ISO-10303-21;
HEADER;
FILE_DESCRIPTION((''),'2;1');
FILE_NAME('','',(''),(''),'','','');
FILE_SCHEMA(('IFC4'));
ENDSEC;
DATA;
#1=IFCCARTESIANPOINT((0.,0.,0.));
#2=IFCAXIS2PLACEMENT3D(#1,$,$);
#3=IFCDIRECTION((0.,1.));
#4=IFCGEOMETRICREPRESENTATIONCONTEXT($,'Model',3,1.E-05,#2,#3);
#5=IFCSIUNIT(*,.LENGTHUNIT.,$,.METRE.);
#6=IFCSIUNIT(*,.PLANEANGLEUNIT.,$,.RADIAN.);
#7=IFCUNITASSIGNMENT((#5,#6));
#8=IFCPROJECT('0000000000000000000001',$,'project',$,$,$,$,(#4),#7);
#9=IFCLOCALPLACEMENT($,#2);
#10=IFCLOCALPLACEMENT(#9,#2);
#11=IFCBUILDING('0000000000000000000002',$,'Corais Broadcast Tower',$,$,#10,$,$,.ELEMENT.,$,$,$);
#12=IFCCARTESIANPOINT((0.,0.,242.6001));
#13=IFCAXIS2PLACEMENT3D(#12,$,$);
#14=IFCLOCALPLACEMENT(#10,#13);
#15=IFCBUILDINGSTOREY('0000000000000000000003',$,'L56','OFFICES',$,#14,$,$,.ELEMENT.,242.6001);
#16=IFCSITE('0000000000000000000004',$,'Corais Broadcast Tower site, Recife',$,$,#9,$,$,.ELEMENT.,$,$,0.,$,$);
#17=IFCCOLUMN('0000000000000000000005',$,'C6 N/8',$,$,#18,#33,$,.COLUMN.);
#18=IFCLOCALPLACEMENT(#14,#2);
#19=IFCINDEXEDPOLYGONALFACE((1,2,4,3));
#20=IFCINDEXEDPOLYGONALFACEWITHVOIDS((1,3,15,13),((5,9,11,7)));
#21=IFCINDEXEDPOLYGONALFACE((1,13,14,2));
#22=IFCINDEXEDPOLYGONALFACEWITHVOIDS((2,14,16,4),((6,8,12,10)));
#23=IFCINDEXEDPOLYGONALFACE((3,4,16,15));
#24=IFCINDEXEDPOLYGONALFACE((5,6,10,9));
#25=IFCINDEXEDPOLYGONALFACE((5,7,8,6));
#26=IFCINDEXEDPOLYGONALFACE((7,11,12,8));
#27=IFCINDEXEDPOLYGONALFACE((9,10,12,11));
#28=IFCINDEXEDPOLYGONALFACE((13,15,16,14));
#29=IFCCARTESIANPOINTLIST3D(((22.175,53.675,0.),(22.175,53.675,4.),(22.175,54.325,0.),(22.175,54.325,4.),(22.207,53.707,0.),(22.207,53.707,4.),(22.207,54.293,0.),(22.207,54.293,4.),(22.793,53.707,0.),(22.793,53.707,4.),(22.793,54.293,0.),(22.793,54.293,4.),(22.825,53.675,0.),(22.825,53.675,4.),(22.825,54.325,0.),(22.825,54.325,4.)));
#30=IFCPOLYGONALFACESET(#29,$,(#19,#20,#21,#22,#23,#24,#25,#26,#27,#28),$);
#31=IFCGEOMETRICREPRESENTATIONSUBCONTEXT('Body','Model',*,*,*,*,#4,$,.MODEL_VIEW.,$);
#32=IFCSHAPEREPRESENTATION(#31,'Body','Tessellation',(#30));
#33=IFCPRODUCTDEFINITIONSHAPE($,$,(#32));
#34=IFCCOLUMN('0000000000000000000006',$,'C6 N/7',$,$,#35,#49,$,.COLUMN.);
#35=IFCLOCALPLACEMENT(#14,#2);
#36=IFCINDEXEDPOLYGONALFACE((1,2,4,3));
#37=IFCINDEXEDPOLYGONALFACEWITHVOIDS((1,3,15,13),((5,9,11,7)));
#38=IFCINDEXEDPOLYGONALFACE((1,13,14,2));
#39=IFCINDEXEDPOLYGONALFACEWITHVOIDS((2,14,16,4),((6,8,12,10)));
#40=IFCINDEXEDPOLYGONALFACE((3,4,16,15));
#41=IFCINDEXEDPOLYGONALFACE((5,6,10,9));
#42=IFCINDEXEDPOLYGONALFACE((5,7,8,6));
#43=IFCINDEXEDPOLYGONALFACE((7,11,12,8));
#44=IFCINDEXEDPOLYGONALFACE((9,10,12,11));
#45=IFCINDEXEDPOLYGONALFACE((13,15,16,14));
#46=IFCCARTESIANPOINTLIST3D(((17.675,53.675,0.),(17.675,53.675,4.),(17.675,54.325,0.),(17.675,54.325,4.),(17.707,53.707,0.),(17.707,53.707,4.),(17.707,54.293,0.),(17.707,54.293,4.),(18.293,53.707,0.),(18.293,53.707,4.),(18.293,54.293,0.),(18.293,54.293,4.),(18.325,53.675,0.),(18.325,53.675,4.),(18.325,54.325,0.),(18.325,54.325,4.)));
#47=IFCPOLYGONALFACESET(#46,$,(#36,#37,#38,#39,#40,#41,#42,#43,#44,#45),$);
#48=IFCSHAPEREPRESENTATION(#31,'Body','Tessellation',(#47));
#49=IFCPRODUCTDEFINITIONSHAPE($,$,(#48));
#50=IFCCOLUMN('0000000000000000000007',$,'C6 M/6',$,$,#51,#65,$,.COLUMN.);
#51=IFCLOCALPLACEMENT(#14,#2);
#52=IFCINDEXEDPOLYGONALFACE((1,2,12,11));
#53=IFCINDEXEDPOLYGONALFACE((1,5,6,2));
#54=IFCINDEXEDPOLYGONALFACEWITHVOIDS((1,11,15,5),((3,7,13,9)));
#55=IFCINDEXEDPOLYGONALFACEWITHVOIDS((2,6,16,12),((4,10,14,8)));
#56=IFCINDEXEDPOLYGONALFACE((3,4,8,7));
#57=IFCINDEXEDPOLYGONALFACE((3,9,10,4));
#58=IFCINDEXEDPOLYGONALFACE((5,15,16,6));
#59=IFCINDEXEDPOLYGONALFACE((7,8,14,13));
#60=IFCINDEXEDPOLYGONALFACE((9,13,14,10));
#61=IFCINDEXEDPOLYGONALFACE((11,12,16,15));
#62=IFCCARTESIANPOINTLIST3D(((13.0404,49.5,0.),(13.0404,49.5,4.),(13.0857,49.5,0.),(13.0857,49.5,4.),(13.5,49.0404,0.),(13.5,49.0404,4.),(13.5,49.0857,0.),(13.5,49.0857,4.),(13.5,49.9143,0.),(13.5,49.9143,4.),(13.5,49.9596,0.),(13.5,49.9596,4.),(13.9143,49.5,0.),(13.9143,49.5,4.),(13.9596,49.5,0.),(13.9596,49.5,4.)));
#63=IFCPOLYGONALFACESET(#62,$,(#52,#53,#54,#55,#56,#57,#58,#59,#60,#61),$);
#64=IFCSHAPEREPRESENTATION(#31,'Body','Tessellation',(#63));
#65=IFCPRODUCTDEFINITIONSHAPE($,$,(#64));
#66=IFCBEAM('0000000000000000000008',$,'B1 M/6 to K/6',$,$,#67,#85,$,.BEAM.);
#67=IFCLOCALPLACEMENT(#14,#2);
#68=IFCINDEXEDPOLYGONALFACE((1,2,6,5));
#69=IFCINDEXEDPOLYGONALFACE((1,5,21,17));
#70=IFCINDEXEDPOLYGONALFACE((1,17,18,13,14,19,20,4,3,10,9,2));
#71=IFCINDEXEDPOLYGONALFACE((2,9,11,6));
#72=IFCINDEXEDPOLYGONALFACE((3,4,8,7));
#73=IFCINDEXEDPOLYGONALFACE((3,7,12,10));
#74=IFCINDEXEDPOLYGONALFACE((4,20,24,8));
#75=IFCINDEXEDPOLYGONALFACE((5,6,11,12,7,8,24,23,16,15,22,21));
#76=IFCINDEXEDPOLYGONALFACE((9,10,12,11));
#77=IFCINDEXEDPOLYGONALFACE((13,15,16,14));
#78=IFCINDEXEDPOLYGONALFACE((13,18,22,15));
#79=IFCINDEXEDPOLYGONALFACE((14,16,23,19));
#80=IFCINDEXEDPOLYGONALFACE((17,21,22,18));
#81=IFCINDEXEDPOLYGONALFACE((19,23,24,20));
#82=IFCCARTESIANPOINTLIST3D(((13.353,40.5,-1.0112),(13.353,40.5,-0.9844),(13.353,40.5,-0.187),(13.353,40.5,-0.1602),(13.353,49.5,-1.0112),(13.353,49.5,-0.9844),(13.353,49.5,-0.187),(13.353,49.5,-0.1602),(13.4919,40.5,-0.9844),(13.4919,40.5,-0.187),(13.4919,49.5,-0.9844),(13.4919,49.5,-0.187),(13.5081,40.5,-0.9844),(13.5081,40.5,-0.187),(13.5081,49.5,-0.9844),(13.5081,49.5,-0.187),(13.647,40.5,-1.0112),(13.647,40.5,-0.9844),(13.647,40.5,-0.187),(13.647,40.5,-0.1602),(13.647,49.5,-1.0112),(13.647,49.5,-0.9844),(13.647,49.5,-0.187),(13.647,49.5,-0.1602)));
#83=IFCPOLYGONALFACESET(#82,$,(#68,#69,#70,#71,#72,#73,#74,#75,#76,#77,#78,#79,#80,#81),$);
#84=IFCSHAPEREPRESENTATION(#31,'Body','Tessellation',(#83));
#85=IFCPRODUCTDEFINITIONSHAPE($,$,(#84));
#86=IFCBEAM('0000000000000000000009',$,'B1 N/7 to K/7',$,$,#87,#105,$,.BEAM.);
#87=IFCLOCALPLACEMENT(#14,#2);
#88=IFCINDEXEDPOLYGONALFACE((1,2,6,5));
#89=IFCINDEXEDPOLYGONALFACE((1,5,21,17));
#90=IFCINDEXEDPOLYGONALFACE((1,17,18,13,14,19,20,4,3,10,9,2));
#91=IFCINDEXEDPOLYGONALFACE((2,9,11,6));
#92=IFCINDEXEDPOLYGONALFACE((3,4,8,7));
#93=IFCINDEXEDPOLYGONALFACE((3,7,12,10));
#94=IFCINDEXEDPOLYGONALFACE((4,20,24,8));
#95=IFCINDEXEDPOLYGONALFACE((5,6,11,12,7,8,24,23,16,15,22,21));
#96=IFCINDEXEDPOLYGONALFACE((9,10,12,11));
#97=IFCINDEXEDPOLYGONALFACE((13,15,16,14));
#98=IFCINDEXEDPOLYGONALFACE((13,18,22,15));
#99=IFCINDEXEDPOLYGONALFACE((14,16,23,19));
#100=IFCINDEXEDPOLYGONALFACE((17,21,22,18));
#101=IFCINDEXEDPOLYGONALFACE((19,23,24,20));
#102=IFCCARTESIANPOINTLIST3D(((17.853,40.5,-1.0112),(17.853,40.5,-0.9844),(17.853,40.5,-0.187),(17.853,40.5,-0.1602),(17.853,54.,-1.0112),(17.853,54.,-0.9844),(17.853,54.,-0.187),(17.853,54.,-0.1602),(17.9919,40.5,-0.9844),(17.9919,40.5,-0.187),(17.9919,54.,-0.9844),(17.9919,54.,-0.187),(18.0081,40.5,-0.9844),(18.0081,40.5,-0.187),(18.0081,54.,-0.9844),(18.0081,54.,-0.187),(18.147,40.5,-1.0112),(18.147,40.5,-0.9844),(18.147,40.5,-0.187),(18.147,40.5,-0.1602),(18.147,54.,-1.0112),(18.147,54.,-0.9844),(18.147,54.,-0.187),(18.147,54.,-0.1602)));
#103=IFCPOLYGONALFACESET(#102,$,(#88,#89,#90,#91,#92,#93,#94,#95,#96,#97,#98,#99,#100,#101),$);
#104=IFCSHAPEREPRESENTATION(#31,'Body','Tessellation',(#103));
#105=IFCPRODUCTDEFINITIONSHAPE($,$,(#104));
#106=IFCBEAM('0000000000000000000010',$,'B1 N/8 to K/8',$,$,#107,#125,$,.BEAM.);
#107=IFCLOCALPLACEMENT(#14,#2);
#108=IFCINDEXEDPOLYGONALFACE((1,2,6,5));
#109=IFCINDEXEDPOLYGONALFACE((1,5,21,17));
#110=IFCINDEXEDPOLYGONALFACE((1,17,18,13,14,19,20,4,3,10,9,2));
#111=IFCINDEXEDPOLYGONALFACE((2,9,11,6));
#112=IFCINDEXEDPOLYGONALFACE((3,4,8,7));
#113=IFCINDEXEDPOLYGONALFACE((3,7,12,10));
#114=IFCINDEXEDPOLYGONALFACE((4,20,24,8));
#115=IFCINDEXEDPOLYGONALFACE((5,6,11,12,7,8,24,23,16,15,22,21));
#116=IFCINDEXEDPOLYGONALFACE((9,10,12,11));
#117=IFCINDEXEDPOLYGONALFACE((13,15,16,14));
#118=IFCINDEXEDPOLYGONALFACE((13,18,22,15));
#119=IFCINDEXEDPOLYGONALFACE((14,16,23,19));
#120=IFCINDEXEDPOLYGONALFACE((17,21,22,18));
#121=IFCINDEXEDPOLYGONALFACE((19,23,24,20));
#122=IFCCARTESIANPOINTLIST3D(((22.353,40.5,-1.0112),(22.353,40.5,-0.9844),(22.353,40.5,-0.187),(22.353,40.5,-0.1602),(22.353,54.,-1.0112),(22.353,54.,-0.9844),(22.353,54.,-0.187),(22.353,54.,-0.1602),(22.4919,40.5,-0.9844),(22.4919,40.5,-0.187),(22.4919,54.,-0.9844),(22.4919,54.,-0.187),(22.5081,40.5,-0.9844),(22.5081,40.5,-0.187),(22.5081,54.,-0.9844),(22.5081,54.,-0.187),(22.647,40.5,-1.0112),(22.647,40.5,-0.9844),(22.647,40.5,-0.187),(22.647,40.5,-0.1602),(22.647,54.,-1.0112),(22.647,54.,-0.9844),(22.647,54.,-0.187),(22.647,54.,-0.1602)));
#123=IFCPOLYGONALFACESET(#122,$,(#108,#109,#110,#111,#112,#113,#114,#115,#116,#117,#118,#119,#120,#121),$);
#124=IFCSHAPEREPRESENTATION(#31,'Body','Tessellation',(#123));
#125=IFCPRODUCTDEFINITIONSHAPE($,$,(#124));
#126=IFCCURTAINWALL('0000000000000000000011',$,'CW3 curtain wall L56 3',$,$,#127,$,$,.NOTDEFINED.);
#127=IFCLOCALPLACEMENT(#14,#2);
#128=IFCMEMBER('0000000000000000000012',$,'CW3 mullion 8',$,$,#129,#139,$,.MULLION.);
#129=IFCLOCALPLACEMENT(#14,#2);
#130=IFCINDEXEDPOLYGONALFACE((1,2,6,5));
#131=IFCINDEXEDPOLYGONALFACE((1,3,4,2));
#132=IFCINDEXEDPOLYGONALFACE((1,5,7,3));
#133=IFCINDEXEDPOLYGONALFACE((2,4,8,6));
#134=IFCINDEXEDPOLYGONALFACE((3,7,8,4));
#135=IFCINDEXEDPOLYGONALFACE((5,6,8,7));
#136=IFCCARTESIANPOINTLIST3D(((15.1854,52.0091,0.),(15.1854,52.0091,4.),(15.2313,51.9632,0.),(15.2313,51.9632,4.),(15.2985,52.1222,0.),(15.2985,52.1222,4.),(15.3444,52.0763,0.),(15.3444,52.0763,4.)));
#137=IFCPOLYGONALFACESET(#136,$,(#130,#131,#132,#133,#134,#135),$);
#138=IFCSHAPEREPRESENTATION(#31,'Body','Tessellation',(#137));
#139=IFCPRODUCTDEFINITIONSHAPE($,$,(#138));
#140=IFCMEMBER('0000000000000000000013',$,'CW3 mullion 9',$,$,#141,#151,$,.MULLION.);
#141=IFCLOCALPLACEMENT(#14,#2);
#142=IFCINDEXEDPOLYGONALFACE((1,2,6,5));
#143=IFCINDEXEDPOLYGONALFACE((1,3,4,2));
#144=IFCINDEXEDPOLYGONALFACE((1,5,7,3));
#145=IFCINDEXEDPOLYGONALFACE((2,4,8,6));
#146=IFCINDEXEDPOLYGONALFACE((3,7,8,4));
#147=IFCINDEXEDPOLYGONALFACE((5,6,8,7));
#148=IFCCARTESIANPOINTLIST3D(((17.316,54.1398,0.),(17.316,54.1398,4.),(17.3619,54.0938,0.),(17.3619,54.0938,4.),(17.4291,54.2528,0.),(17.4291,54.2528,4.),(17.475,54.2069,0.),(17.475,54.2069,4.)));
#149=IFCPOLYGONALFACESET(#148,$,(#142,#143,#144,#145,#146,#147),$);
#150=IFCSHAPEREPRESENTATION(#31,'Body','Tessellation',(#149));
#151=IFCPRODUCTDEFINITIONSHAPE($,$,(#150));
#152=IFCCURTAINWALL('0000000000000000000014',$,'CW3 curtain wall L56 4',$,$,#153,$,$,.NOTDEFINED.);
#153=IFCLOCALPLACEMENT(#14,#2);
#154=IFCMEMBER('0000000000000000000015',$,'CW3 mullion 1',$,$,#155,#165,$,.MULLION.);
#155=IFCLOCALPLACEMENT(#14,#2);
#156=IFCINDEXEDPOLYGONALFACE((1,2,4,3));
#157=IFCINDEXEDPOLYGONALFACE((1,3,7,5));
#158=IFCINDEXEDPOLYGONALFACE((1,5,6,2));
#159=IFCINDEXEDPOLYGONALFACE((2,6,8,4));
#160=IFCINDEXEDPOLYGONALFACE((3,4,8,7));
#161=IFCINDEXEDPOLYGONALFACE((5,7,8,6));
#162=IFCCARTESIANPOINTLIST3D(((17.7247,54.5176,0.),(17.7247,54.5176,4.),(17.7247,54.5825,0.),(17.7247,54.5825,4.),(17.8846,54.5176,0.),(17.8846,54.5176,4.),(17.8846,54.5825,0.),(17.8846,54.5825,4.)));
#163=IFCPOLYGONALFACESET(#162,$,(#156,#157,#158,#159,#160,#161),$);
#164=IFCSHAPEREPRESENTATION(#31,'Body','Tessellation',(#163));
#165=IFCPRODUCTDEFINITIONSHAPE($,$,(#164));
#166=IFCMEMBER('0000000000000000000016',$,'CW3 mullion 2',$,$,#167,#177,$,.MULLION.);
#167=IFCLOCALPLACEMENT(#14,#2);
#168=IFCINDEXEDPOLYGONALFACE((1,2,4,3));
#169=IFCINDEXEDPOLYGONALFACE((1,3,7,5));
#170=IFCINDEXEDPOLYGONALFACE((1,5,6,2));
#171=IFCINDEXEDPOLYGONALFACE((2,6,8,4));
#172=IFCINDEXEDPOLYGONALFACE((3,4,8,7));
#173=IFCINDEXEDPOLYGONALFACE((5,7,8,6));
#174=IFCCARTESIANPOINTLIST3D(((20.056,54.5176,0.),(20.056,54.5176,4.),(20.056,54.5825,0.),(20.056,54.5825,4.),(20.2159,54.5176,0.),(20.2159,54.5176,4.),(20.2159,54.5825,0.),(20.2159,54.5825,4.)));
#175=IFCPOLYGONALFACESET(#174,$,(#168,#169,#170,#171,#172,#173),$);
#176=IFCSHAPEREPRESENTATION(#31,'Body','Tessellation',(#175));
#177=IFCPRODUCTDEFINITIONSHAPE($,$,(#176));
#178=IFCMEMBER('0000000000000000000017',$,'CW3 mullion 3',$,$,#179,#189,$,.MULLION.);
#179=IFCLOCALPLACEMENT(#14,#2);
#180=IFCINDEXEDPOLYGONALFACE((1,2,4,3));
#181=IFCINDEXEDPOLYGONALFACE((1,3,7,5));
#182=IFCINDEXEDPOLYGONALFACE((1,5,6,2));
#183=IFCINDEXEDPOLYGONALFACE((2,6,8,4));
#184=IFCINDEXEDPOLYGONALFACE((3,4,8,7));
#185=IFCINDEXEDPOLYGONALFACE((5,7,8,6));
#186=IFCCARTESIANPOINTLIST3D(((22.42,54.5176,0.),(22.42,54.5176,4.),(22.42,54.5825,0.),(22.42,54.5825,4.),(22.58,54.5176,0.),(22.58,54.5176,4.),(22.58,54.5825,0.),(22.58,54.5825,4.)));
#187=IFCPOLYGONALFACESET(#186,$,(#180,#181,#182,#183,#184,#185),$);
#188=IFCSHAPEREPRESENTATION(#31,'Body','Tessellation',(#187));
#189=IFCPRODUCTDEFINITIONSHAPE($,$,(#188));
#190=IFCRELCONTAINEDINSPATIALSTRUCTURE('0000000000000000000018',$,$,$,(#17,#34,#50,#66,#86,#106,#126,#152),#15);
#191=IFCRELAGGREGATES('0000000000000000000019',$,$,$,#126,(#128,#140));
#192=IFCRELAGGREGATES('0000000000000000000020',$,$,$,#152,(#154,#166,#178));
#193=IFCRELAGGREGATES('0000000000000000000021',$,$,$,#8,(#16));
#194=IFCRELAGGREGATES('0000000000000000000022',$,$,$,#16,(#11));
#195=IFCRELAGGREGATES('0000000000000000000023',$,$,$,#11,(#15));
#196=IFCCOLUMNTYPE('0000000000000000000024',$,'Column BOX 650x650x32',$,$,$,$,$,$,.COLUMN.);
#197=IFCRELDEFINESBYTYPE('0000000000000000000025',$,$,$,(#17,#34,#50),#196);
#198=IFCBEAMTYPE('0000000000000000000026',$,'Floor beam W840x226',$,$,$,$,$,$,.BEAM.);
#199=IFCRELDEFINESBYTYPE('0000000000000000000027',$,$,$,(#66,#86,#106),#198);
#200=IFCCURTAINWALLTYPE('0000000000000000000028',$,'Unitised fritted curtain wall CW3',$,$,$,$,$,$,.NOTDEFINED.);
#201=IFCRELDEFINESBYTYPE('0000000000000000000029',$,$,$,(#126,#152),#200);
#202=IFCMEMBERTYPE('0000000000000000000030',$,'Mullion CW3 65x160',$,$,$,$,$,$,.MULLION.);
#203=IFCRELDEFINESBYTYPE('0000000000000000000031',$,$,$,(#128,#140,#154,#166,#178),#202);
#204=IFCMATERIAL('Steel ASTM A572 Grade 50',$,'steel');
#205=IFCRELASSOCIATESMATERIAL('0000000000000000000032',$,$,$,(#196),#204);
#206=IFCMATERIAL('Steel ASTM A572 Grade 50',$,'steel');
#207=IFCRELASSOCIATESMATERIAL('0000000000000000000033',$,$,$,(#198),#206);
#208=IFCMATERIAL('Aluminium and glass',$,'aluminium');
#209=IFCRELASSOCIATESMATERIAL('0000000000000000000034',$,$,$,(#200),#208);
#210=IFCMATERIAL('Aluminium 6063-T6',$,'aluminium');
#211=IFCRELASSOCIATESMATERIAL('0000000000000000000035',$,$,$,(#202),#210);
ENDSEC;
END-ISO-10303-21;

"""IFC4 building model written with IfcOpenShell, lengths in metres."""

from ifc_helpers import new_model, si_unit, direction, frame, origin, origin_2d, place, context, subcontext, project, spatial, rectangle, hollow_rectangle, i_section, extrude, material, material_profile, profile_set, type_object, element, aggregate, save


model = new_model("IFC4")

# Units and contexts
model_context = context("Model", 3, precision=1e-05, world=origin(), true_north=direction((0.0, 1.0)))
body_context = subcontext(model_context, "Body", "Model", "MODEL_VIEW")
ifc_project = project(units=[si_unit("LENGTHUNIT", "METRE"), si_unit("PLANEANGLEUNIT", "RADIAN")], contexts=[model_context])

# Site, building, storey
site_placement = place(None, origin())
site = spatial("IfcSite", under=ifc_project, at=site_placement, Name="Corais Broadcast Tower site, Recife", CompositionType="ELEMENT", RefElevation=0.0)
building_placement = place(site_placement, origin())
building = spatial("IfcBuilding", under=site, at=building_placement, Name="Corais Broadcast Tower", CompositionType="ELEMENT")
storey_placement = place(building_placement, frame((0.0, 0.0, 242.6001)))
storey = spatial("IfcBuildingStorey", under=building, at=storey_placement, Name="L56", Description="OFFICES", CompositionType="ELEMENT", Elevation=242.6001)

# Columns
ifc_material_1 = material(Name="Steel ASTM A572 Grade 50", Category="steel")
ifc_material_profile_1 = material_profile(ifc_material_1, hollow_rectangle(XDim=0.6499, YDim=0.6499, WallThickness=0.032, at=origin_2d()), Name="BOX 650x650x32")
ifc_profile_set_1 = profile_set([ifc_material_profile_1], Name="Steel ASTM A572 Grade 50")
column_type = type_object("IfcColumnType", Name="Column BOX 650x650x32", PredefinedType="COLUMN", material=ifc_profile_set_1)
for number, where, z_axis, x_axis, name in (
    (1, (22.5, 54.0, 0.0), (0.0, 0.0, 1.0), (1.0, 0.0, 0.0), "C6 N/8"),
    (2, (18.0, 54.0, 0.0), (0.0, 0.0, 1.0), (1.0, 0.0, 0.0), "C6 N/7"),
    (3, (13.5, 49.5, 0.0), (0.0, 0.0, 1.0), (0.707107, 0.707107, 0.0), "C6 M/6"),
):
    element("IfcColumn", number, at=place(storey_placement, frame(where, z_axis=z_axis, x_axis=x_axis)), inside=storey, type_object=column_type, Name=name, PredefinedType="COLUMN", context=body_context, shape_type="SweptSolid", body=[
        extrude(hollow_rectangle(XDim=0.6499, YDim=0.6499, WallThickness=0.032, at=origin_2d()), origin(), (0.0, 0.0, 1.0), 4.0),
    ])

# Beams
ifc_material_2 = material(Name="Steel ASTM A572 Grade 50", Category="steel")
ifc_material_profile_2 = material_profile(ifc_material_2, i_section(OverallWidth=0.2939, OverallDepth=0.8511, WebThickness=0.0161, FlangeThickness=0.0269, at=origin_2d()), Name="W840x226")
ifc_profile_set_2 = profile_set([ifc_material_profile_2], Name="Steel ASTM A572 Grade 50")
beam_type_1 = type_object("IfcBeamType", Name="Floor beam W840x226", PredefinedType="BEAM", material=ifc_profile_set_2)
beam_1_placement = place(storey_placement, frame((13.5, 49.5, -0.5857), z_axis=(0.0, -1.0, 0.0), x_axis=(1.0, 0.0, 0.0)))
element("IfcBeam", 4, at=beam_1_placement, inside=storey, type_object=beam_type_1, Name="B1 M/6 to K/6", PredefinedType="BEAM", context=body_context, shape_type="SweptSolid", body=[
    extrude(i_section(OverallWidth=0.2939, OverallDepth=0.8511, WebThickness=0.0161, FlangeThickness=0.0269, at=origin_2d()), origin(), (0.0, 0.0, 1.0), 9.0),
])
for number, where, z_axis, x_axis, name in (
    (5, (18.0, 54.0, -0.5857), (0.0, -1.0, 0.0), (1.0, 0.0, 0.0), "B1 N/7 to K/7"),
    (6, (22.5, 54.0, -0.5857), (0.0, -1.0, 0.0), (1.0, 0.0, 0.0), "B1 N/8 to K/8"),
):
    element("IfcBeam", number, at=place(storey_placement, frame(where, z_axis=z_axis, x_axis=x_axis)), inside=storey, type_object=beam_type_1, Name=name, PredefinedType="BEAM", context=body_context, shape_type="SweptSolid", body=[
        extrude(i_section(OverallWidth=0.2939, OverallDepth=0.8511, WebThickness=0.0161, FlangeThickness=0.0269, at=origin_2d()), origin(), (0.0, 0.0, 1.0), 13.5),
    ])

# Curtain walls, members
ifc_material_3 = material(Name="Aluminium and glass", Category="aluminium")
curtain_wall_type = type_object("IfcCurtainWallType", Name="Unitised fritted curtain wall CW3", PredefinedType="NOTDEFINED", material=ifc_material_3)
curtain_wall_1_placement = place(storey_placement, origin())
curtain_wall_1 = element("IfcCurtainWall", 7, at=curtain_wall_1_placement, inside=storey, type_object=curtain_wall_type, Name="CW3 curtain wall L56 3", PredefinedType="NOTDEFINED")
ifc_material_4 = material(Name="Aluminium 6063-T6", Category="aluminium")
ifc_material_profile_3 = material_profile(ifc_material_4, rectangle(XDim=0.0649, YDim=0.1599, at=origin_2d()), Name="Mullion CW3 65x160")
ifc_profile_set_3 = profile_set([ifc_material_profile_3], Name="Aluminium 6063-T6")
member_type_1 = type_object("IfcMemberType", Name="Mullion CW3 65x160", PredefinedType="MULLION", material=ifc_profile_set_3)
member_1_placement = place(storey_placement, frame((15.2649, 52.0427, 0.0), z_axis=(0.0, 0.0, 1.0), x_axis=(-0.707107, 0.707107, 0.0)))
member_1 = element("IfcMember", 8, at=member_1_placement, type_object=member_type_1, Name="CW3 mullion 8", PredefinedType="MULLION", context=body_context, shape_type="SweptSolid", body=[
    extrude(rectangle(XDim=0.0649, YDim=0.1599, at=origin_2d()), origin(), (0.0, 0.0, 1.0), 4.0),
])
member_2_placement = place(storey_placement, frame((17.3955, 54.1733, 0.0), z_axis=(0.0, 0.0, 1.0), x_axis=(-0.707107, 0.707107, 0.0)))
member_2 = element("IfcMember", 9, at=member_2_placement, type_object=member_type_1, Name="CW3 mullion 9", PredefinedType="MULLION", context=body_context, shape_type="SweptSolid", body=[
    extrude(rectangle(XDim=0.0649, YDim=0.1599, at=origin_2d()), origin(), (0.0, 0.0, 1.0), 4.0),
])
curtain_wall_2_placement = place(storey_placement, origin())
curtain_wall_2 = element("IfcCurtainWall", 10, at=curtain_wall_2_placement, inside=storey, type_object=curtain_wall_type, Name="CW3 curtain wall L56 4", PredefinedType="NOTDEFINED")
member_3_placement = place(storey_placement, frame((17.8047, 54.55, 0.0), z_axis=(0.0, 0.0, 1.0), x_axis=(0.0, 1.0, 0.0)))
member_3 = element("IfcMember", 11, at=member_3_placement, type_object=member_type_1, Name="CW3 mullion 1", PredefinedType="MULLION", context=body_context, shape_type="SweptSolid", body=[
    extrude(rectangle(XDim=0.0649, YDim=0.1599, at=origin_2d()), origin(), (0.0, 0.0, 1.0), 4.0),
])
member_4_placement = place(storey_placement, frame((20.136, 54.55, 0.0), z_axis=(0.0, 0.0, 1.0), x_axis=(0.0, 1.0, 0.0)))
member_4 = element("IfcMember", 12, at=member_4_placement, type_object=member_type_1, Name="CW3 mullion 2", PredefinedType="MULLION", context=body_context, shape_type="SweptSolid", body=[
    extrude(rectangle(XDim=0.0649, YDim=0.1599, at=origin_2d()), origin(), (0.0, 0.0, 1.0), 4.0),
])
member_5_placement = place(storey_placement, frame((22.5, 54.55, 0.0), z_axis=(0.0, 0.0, 1.0), x_axis=(0.0, 1.0, 0.0)))
member_5 = element("IfcMember", 13, at=member_5_placement, type_object=member_type_1, Name="CW3 mullion 3", PredefinedType="MULLION", context=body_context, shape_type="SweptSolid", body=[
    extrude(rectangle(XDim=0.0649, YDim=0.1599, at=origin_2d()), origin(), (0.0, 0.0, 1.0), 4.0),
])

aggregate(curtain_wall_1, [member_1, member_2])
aggregate(curtain_wall_2, [member_3, member_4, member_5])

save(model, "model.ifc")
